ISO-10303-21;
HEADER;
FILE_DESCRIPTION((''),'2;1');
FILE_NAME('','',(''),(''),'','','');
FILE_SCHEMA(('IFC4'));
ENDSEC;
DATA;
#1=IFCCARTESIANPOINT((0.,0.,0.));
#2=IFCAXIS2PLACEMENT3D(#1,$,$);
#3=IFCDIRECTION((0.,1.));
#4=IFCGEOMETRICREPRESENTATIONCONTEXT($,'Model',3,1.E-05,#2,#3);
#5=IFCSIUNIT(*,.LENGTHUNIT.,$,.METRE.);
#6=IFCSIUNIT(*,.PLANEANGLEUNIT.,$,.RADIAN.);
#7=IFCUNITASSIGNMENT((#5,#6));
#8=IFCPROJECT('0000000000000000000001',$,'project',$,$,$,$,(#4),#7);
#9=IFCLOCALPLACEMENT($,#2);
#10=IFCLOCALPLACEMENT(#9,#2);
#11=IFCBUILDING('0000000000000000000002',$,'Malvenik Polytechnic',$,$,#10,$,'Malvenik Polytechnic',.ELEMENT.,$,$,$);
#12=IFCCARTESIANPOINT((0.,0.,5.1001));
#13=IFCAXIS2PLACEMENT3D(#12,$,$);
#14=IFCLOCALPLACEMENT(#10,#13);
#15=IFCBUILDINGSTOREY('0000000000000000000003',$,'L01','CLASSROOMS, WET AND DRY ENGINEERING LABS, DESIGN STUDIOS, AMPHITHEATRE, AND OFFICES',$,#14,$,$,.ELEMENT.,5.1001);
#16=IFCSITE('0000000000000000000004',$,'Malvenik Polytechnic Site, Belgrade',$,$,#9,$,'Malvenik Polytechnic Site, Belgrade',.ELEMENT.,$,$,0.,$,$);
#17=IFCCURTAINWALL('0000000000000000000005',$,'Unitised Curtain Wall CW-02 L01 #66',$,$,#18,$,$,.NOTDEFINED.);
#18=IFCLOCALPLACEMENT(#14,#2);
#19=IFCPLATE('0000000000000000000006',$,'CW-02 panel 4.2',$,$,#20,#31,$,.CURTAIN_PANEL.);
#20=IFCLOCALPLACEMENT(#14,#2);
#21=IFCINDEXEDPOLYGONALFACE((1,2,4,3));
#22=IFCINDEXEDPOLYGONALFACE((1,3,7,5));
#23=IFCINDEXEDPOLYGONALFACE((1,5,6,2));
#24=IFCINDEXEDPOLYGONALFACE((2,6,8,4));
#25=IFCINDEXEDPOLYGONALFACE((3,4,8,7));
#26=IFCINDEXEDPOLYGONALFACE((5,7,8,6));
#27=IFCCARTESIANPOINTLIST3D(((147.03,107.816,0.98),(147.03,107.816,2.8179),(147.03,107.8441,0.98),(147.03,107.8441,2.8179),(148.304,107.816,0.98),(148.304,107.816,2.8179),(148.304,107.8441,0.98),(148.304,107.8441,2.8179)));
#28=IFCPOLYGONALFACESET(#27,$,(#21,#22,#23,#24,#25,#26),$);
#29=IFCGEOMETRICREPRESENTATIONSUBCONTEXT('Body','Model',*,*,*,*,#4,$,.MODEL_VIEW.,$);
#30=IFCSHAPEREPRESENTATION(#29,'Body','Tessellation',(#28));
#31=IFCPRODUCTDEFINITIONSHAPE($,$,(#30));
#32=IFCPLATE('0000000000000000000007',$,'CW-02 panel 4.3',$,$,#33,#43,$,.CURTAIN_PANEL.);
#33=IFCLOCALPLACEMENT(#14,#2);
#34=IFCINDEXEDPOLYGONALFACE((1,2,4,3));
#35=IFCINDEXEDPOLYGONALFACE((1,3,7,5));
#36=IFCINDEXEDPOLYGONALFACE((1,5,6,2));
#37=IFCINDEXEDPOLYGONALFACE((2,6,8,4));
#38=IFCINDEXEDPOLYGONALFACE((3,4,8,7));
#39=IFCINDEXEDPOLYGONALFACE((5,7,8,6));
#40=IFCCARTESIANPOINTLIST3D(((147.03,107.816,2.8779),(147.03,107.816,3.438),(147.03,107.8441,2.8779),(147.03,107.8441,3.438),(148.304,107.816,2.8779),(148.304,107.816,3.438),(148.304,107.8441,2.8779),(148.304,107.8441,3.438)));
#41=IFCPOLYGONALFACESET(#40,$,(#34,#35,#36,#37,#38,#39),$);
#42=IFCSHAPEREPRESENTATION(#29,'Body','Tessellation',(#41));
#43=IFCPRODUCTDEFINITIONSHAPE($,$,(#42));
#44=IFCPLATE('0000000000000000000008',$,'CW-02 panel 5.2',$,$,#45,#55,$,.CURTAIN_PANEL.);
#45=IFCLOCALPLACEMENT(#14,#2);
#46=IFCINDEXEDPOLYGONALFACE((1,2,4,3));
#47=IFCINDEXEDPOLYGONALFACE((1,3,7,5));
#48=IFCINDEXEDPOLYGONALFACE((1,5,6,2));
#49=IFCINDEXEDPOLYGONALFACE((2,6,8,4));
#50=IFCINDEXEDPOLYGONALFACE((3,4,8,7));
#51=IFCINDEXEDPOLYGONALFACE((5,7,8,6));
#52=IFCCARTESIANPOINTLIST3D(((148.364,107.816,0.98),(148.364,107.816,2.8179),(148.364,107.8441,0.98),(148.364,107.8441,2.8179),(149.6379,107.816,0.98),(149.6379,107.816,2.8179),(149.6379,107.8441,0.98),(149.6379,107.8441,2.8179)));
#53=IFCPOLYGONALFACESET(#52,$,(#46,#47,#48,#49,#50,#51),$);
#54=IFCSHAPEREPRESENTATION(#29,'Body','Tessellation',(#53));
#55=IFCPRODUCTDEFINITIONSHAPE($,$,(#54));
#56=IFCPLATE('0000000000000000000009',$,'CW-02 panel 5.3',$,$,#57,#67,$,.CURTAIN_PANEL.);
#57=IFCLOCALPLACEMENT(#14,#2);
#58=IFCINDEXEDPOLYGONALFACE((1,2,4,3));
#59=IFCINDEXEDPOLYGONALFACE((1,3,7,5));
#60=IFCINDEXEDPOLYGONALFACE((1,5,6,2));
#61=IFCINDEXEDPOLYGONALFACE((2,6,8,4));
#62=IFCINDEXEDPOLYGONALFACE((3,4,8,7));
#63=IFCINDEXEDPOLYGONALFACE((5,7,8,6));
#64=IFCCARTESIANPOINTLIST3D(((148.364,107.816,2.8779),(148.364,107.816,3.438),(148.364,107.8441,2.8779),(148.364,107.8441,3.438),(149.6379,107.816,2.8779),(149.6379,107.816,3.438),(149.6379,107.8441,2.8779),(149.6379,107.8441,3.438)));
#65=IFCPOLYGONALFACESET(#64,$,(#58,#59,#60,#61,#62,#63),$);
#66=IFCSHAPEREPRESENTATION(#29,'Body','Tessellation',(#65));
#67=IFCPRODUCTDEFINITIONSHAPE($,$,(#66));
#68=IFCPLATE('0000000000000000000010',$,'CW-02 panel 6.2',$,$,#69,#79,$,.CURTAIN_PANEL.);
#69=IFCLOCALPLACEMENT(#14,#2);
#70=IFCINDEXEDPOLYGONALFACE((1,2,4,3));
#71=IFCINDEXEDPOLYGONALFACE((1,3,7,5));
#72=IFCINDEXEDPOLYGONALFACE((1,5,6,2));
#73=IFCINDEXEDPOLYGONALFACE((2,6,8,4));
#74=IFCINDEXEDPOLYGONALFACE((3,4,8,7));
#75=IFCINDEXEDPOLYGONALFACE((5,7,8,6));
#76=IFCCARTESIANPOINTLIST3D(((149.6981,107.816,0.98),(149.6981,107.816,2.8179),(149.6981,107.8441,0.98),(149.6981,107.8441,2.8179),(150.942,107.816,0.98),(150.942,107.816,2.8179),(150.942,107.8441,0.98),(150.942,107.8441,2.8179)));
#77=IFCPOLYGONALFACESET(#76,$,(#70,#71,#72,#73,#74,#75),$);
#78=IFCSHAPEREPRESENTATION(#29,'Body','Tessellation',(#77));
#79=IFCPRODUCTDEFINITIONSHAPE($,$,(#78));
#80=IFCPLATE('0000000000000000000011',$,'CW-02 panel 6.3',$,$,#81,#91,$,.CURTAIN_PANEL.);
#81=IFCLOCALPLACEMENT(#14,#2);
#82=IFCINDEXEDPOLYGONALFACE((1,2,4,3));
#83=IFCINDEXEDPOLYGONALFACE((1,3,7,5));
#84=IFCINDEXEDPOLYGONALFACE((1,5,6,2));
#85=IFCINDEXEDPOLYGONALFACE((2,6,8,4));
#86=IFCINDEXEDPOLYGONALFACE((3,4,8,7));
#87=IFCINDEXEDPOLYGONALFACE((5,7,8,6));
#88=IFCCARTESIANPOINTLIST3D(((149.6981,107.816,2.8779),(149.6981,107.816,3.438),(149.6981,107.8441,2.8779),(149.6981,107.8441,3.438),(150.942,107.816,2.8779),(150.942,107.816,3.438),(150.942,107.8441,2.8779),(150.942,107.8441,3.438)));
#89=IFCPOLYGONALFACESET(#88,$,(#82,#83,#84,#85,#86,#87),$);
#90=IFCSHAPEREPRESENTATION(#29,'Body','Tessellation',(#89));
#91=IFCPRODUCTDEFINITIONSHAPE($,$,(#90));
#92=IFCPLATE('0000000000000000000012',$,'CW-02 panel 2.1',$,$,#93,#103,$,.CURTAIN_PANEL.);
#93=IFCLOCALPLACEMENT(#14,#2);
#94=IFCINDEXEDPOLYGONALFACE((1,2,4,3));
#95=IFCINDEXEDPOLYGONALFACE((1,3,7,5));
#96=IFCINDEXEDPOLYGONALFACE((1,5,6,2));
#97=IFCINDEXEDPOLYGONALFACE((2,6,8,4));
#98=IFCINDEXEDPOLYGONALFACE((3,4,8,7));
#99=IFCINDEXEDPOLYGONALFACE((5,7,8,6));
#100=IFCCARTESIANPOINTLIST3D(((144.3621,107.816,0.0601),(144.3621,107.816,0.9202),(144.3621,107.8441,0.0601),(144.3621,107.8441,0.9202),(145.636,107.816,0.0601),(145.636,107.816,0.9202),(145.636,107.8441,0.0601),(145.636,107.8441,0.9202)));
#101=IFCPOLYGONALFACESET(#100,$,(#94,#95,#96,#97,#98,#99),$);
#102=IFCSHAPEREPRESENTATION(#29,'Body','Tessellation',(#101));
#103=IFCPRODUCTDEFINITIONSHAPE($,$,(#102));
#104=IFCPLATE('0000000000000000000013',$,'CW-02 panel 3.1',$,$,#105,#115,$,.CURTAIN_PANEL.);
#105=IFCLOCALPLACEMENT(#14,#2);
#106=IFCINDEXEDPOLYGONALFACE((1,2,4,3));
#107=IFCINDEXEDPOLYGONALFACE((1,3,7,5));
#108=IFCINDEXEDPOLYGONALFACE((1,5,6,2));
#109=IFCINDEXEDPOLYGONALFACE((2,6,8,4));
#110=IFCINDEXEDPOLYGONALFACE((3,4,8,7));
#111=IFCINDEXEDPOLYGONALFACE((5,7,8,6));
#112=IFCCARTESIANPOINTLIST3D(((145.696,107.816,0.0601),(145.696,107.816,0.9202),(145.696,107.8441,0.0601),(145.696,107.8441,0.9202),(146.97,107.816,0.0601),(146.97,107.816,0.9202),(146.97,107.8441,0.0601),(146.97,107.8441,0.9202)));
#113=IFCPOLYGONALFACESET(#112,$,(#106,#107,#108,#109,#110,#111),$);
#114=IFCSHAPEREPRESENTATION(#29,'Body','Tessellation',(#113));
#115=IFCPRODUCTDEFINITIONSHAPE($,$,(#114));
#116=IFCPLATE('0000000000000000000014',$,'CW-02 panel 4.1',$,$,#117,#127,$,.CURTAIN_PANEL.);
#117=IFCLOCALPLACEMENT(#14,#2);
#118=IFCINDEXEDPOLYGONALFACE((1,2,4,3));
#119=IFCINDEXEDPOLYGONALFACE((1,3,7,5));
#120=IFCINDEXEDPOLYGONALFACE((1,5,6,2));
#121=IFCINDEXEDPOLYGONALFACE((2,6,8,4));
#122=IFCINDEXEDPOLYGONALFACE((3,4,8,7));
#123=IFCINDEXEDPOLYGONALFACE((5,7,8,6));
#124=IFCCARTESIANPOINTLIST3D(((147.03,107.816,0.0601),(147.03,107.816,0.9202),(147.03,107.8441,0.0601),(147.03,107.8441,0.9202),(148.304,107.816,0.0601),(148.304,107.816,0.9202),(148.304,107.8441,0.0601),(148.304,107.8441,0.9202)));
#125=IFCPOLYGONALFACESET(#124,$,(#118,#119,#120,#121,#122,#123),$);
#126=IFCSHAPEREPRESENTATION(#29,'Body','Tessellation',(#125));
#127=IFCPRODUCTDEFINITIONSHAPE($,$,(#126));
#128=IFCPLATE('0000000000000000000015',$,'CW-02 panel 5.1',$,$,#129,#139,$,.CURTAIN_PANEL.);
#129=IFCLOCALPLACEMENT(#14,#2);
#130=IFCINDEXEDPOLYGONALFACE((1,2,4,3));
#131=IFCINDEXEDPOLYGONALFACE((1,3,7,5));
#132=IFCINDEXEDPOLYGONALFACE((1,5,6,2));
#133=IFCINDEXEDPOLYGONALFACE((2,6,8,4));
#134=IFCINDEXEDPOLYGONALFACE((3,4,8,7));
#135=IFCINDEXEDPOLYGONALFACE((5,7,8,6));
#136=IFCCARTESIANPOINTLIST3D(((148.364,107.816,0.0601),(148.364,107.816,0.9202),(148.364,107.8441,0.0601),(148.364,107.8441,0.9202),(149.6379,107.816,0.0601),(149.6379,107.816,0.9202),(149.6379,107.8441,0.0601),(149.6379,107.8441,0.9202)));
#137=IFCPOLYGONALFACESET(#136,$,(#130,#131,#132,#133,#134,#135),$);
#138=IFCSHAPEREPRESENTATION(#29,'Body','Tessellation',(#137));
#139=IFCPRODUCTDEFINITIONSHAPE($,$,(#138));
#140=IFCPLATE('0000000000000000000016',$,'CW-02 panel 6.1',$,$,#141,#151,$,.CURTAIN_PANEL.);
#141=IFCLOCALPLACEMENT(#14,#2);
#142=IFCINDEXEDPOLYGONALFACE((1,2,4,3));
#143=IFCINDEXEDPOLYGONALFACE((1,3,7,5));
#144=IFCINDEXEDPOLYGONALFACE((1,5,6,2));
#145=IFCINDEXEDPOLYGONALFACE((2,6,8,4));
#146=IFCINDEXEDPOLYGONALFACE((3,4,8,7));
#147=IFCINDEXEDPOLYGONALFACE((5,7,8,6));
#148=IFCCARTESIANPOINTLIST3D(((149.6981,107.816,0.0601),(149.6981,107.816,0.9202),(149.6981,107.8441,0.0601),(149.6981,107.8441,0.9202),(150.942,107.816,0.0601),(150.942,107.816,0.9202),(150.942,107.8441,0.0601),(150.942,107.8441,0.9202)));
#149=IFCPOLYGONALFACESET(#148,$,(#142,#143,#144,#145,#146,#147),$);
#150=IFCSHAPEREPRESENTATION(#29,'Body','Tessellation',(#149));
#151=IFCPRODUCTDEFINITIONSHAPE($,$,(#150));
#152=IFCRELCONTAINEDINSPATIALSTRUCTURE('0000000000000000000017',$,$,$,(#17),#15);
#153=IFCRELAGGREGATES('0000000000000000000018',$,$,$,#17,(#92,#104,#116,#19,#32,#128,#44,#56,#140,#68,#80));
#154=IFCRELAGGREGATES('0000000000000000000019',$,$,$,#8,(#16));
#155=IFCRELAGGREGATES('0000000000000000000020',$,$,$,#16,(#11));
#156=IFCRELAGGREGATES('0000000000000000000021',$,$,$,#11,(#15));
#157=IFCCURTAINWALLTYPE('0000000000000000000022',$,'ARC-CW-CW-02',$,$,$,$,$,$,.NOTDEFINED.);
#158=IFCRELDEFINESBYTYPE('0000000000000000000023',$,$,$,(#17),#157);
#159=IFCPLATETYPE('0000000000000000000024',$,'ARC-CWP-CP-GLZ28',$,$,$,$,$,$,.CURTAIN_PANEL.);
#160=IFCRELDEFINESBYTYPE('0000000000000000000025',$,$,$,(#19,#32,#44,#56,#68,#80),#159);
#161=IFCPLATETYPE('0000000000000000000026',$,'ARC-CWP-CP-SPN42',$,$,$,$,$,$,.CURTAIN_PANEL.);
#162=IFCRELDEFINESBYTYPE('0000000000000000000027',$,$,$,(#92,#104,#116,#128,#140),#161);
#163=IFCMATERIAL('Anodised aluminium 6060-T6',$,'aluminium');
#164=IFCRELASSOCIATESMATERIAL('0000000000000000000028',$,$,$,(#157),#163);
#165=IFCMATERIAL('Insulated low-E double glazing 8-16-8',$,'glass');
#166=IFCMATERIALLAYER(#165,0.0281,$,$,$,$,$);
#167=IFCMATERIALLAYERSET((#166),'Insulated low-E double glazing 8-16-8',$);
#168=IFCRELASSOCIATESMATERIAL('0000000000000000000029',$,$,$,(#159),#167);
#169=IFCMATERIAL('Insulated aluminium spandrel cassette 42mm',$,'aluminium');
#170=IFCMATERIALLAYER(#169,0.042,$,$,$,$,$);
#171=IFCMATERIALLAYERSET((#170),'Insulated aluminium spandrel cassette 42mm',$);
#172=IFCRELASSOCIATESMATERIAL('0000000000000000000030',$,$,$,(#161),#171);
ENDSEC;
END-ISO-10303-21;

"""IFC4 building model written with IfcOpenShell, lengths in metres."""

from ifc_helpers import new_model, si_unit, direction, frame, origin, origin_2d, place, context, subcontext, project, spatial, rectangle, extrude, material, layer, layer_set, type_object, element, aggregate, save


model = new_model("IFC4")

# Units and contexts
model_context = context("Model", 3, precision=1e-05, world=origin(), true_north=direction((0.0, 1.0)))
body_context = subcontext(model_context, "Body", "Model", "MODEL_VIEW")
ifc_project = project(units=[si_unit("LENGTHUNIT", "METRE"), si_unit("PLANEANGLEUNIT", "RADIAN")], contexts=[model_context])

# Site, building, storey
site_placement = place(None, origin())
site = spatial("IfcSite", under=ifc_project, at=site_placement, Name="Malvenik Polytechnic Site, Belgrade", LongName="Malvenik Polytechnic Site, Belgrade", CompositionType="ELEMENT", RefElevation=0.0)
building_placement = place(site_placement, origin())
building = spatial("IfcBuilding", under=site, at=building_placement, Name="Malvenik Polytechnic", LongName="Malvenik Polytechnic", CompositionType="ELEMENT")
storey_placement = place(building_placement, frame((0.0, 0.0, 5.1001)))
storey = spatial("IfcBuildingStorey", under=building, at=storey_placement, Name="L01", Description="CLASSROOMS, WET AND DRY ENGINEERING LABS, DESIGN STUDIOS, AMPHITHEATRE, AND OFFICES", CompositionType="ELEMENT", Elevation=5.1001)

# Curtain wall, plates
ifc_material_1 = material(Name="Anodised aluminium 6060-T6", Category="aluminium")
curtain_wall_type = type_object("IfcCurtainWallType", Name="ARC-CW-CW-02", PredefinedType="NOTDEFINED", material=ifc_material_1)
curtain_wall_placement = place(storey_placement, origin())
curtain_wall = element("IfcCurtainWall", 1, at=curtain_wall_placement, inside=storey, type_object=curtain_wall_type, Name="Unitised Curtain Wall CW-02 L01 #66", PredefinedType="NOTDEFINED")
ifc_material_2 = material(Name="Insulated low-E double glazing 8-16-8", Category="glass")
ifc_layer_1 = layer(ifc_material_2, 0.0281)
ifc_layer_set_1 = layer_set([ifc_layer_1], Name="Insulated low-E double glazing 8-16-8")
plate_type_1 = type_object("IfcPlateType", Name="ARC-CWP-CP-GLZ28", PredefinedType="CURTAIN_PANEL", material=ifc_layer_set_1)
plate_1_placement = place(storey_placement, frame((147.667, 107.8301, 0.98), z_axis=(0.0, 0.0, 1.0), x_axis=(1.0, 0.0, 0.0)))
plate_1 = element("IfcPlate", 2, at=plate_1_placement, type_object=plate_type_1, Name="CW-02 panel 4.2", PredefinedType="CURTAIN_PANEL", context=body_context, shape_type="SweptSolid", body=[
    extrude(rectangle(XDim=1.2739, YDim=0.0281, at=origin_2d()), origin(), (0.0, 0.0, 1.0), 1.8379),
])
plate_2_placement = place(storey_placement, frame((147.667, 107.8301, 2.8779), z_axis=(0.0, 0.0, 1.0), x_axis=(1.0, 0.0, 0.0)))
plate_2 = element("IfcPlate", 3, at=plate_2_placement, type_object=plate_type_1, Name="CW-02 panel 4.3", PredefinedType="CURTAIN_PANEL", context=body_context, shape_type="SweptSolid", body=[
    extrude(rectangle(XDim=1.2739, YDim=0.0281, at=origin_2d()), origin(), (0.0, 0.0, 1.0), 0.5601),
])
plate_3_placement = place(storey_placement, frame((149.001, 107.8301, 0.98), z_axis=(0.0, 0.0, 1.0), x_axis=(1.0, 0.0, 0.0)))
plate_3 = element("IfcPlate", 4, at=plate_3_placement, type_object=plate_type_1, Name="CW-02 panel 5.2", PredefinedType="CURTAIN_PANEL", context=body_context, shape_type="SweptSolid", body=[
    extrude(rectangle(XDim=1.2739, YDim=0.0281, at=origin_2d()), origin(), (0.0, 0.0, 1.0), 1.8379),
])
plate_4_placement = place(storey_placement, frame((149.001, 107.8301, 2.8779), z_axis=(0.0, 0.0, 1.0), x_axis=(1.0, 0.0, 0.0)))
plate_4 = element("IfcPlate", 5, at=plate_4_placement, type_object=plate_type_1, Name="CW-02 panel 5.3", PredefinedType="CURTAIN_PANEL", context=body_context, shape_type="SweptSolid", body=[
    extrude(rectangle(XDim=1.2739, YDim=0.0281, at=origin_2d()), origin(), (0.0, 0.0, 1.0), 0.5601),
])
plate_5_placement = place(storey_placement, frame((150.3201, 107.8301, 0.98), z_axis=(0.0, 0.0, 1.0), x_axis=(1.0, 0.0, 0.0)))
plate_5 = element("IfcPlate", 6, at=plate_5_placement, type_object=plate_type_1, Name="CW-02 panel 6.2", PredefinedType="CURTAIN_PANEL", context=body_context, shape_type="SweptSolid", body=[
    extrude(rectangle(XDim=1.2439, YDim=0.0281, at=origin_2d()), origin(), (0.0, 0.0, 1.0), 1.8379),
])
plate_6_placement = place(storey_placement, frame((150.3201, 107.8301, 2.8779), z_axis=(0.0, 0.0, 1.0), x_axis=(1.0, 0.0, 0.0)))
plate_6 = element("IfcPlate", 7, at=plate_6_placement, type_object=plate_type_1, Name="CW-02 panel 6.3", PredefinedType="CURTAIN_PANEL", context=body_context, shape_type="SweptSolid", body=[
    extrude(rectangle(XDim=1.2439, YDim=0.0281, at=origin_2d()), origin(), (0.0, 0.0, 1.0), 0.5601),
])
ifc_material_3 = material(Name="Insulated aluminium spandrel cassette 42mm", Category="aluminium")
ifc_layer_2 = layer(ifc_material_3, 0.042)
ifc_layer_set_2 = layer_set([ifc_layer_2], Name="Insulated aluminium spandrel cassette 42mm")
plate_type_2 = type_object("IfcPlateType", Name="ARC-CWP-CP-SPN42", PredefinedType="CURTAIN_PANEL", material=ifc_layer_set_2)
plate_7_placement = place(storey_placement, frame((144.999, 107.8301, 0.0601), z_axis=(0.0, 0.0, 1.0), x_axis=(1.0, 0.0, 0.0)))
plate_7 = element("IfcPlate", 8, at=plate_7_placement, type_object=plate_type_2, Name="CW-02 panel 2.1", PredefinedType="CURTAIN_PANEL", context=body_context, shape_type="SweptSolid", body=[
    extrude(rectangle(XDim=1.2739, YDim=0.0281, at=origin_2d()), origin(), (0.0, 0.0, 1.0), 0.8601),
])
plate_8_placement = place(storey_placement, frame((146.333, 107.8301, 0.0601), z_axis=(0.0, 0.0, 1.0), x_axis=(1.0, 0.0, 0.0)))
plate_8 = element("IfcPlate", 9, at=plate_8_placement, type_object=plate_type_2, Name="CW-02 panel 3.1", PredefinedType="CURTAIN_PANEL", context=body_context, shape_type="SweptSolid", body=[
    extrude(rectangle(XDim=1.2739, YDim=0.0281, at=origin_2d()), origin(), (0.0, 0.0, 1.0), 0.8601),
])
plate_9_placement = place(storey_placement, frame((147.667, 107.8301, 0.0601), z_axis=(0.0, 0.0, 1.0), x_axis=(1.0, 0.0, 0.0)))
plate_9 = element("IfcPlate", 10, at=plate_9_placement, type_object=plate_type_2, Name="CW-02 panel 4.1", PredefinedType="CURTAIN_PANEL", context=body_context, shape_type="SweptSolid", body=[
    extrude(rectangle(XDim=1.2739, YDim=0.0281, at=origin_2d()), origin(), (0.0, 0.0, 1.0), 0.8601),
])
plate_10_placement = place(storey_placement, frame((149.001, 107.8301, 0.0601), z_axis=(0.0, 0.0, 1.0), x_axis=(1.0, 0.0, 0.0)))
plate_10 = element("IfcPlate", 11, at=plate_10_placement, type_object=plate_type_2, Name="CW-02 panel 5.1", PredefinedType="CURTAIN_PANEL", context=body_context, shape_type="SweptSolid", body=[
    extrude(rectangle(XDim=1.2739, YDim=0.0281, at=origin_2d()), origin(), (0.0, 0.0, 1.0), 0.8601),
])
plate_11_placement = place(storey_placement, frame((150.3201, 107.8301, 0.0601), z_axis=(0.0, 0.0, 1.0), x_axis=(1.0, 0.0, 0.0)))
plate_11 = element("IfcPlate", 12, at=plate_11_placement, type_object=plate_type_2, Name="CW-02 panel 6.1", PredefinedType="CURTAIN_PANEL", context=body_context, shape_type="SweptSolid", body=[
    extrude(rectangle(XDim=1.2439, YDim=0.0281, at=origin_2d()), origin(), (0.0, 0.0, 1.0), 0.8601),
])
aggregate(curtain_wall, [plate_7, plate_8, plate_9, plate_1, plate_2, plate_10, plate_3, plate_4, plate_11, plate_5, plate_6])

save(model, "model.ifc")
